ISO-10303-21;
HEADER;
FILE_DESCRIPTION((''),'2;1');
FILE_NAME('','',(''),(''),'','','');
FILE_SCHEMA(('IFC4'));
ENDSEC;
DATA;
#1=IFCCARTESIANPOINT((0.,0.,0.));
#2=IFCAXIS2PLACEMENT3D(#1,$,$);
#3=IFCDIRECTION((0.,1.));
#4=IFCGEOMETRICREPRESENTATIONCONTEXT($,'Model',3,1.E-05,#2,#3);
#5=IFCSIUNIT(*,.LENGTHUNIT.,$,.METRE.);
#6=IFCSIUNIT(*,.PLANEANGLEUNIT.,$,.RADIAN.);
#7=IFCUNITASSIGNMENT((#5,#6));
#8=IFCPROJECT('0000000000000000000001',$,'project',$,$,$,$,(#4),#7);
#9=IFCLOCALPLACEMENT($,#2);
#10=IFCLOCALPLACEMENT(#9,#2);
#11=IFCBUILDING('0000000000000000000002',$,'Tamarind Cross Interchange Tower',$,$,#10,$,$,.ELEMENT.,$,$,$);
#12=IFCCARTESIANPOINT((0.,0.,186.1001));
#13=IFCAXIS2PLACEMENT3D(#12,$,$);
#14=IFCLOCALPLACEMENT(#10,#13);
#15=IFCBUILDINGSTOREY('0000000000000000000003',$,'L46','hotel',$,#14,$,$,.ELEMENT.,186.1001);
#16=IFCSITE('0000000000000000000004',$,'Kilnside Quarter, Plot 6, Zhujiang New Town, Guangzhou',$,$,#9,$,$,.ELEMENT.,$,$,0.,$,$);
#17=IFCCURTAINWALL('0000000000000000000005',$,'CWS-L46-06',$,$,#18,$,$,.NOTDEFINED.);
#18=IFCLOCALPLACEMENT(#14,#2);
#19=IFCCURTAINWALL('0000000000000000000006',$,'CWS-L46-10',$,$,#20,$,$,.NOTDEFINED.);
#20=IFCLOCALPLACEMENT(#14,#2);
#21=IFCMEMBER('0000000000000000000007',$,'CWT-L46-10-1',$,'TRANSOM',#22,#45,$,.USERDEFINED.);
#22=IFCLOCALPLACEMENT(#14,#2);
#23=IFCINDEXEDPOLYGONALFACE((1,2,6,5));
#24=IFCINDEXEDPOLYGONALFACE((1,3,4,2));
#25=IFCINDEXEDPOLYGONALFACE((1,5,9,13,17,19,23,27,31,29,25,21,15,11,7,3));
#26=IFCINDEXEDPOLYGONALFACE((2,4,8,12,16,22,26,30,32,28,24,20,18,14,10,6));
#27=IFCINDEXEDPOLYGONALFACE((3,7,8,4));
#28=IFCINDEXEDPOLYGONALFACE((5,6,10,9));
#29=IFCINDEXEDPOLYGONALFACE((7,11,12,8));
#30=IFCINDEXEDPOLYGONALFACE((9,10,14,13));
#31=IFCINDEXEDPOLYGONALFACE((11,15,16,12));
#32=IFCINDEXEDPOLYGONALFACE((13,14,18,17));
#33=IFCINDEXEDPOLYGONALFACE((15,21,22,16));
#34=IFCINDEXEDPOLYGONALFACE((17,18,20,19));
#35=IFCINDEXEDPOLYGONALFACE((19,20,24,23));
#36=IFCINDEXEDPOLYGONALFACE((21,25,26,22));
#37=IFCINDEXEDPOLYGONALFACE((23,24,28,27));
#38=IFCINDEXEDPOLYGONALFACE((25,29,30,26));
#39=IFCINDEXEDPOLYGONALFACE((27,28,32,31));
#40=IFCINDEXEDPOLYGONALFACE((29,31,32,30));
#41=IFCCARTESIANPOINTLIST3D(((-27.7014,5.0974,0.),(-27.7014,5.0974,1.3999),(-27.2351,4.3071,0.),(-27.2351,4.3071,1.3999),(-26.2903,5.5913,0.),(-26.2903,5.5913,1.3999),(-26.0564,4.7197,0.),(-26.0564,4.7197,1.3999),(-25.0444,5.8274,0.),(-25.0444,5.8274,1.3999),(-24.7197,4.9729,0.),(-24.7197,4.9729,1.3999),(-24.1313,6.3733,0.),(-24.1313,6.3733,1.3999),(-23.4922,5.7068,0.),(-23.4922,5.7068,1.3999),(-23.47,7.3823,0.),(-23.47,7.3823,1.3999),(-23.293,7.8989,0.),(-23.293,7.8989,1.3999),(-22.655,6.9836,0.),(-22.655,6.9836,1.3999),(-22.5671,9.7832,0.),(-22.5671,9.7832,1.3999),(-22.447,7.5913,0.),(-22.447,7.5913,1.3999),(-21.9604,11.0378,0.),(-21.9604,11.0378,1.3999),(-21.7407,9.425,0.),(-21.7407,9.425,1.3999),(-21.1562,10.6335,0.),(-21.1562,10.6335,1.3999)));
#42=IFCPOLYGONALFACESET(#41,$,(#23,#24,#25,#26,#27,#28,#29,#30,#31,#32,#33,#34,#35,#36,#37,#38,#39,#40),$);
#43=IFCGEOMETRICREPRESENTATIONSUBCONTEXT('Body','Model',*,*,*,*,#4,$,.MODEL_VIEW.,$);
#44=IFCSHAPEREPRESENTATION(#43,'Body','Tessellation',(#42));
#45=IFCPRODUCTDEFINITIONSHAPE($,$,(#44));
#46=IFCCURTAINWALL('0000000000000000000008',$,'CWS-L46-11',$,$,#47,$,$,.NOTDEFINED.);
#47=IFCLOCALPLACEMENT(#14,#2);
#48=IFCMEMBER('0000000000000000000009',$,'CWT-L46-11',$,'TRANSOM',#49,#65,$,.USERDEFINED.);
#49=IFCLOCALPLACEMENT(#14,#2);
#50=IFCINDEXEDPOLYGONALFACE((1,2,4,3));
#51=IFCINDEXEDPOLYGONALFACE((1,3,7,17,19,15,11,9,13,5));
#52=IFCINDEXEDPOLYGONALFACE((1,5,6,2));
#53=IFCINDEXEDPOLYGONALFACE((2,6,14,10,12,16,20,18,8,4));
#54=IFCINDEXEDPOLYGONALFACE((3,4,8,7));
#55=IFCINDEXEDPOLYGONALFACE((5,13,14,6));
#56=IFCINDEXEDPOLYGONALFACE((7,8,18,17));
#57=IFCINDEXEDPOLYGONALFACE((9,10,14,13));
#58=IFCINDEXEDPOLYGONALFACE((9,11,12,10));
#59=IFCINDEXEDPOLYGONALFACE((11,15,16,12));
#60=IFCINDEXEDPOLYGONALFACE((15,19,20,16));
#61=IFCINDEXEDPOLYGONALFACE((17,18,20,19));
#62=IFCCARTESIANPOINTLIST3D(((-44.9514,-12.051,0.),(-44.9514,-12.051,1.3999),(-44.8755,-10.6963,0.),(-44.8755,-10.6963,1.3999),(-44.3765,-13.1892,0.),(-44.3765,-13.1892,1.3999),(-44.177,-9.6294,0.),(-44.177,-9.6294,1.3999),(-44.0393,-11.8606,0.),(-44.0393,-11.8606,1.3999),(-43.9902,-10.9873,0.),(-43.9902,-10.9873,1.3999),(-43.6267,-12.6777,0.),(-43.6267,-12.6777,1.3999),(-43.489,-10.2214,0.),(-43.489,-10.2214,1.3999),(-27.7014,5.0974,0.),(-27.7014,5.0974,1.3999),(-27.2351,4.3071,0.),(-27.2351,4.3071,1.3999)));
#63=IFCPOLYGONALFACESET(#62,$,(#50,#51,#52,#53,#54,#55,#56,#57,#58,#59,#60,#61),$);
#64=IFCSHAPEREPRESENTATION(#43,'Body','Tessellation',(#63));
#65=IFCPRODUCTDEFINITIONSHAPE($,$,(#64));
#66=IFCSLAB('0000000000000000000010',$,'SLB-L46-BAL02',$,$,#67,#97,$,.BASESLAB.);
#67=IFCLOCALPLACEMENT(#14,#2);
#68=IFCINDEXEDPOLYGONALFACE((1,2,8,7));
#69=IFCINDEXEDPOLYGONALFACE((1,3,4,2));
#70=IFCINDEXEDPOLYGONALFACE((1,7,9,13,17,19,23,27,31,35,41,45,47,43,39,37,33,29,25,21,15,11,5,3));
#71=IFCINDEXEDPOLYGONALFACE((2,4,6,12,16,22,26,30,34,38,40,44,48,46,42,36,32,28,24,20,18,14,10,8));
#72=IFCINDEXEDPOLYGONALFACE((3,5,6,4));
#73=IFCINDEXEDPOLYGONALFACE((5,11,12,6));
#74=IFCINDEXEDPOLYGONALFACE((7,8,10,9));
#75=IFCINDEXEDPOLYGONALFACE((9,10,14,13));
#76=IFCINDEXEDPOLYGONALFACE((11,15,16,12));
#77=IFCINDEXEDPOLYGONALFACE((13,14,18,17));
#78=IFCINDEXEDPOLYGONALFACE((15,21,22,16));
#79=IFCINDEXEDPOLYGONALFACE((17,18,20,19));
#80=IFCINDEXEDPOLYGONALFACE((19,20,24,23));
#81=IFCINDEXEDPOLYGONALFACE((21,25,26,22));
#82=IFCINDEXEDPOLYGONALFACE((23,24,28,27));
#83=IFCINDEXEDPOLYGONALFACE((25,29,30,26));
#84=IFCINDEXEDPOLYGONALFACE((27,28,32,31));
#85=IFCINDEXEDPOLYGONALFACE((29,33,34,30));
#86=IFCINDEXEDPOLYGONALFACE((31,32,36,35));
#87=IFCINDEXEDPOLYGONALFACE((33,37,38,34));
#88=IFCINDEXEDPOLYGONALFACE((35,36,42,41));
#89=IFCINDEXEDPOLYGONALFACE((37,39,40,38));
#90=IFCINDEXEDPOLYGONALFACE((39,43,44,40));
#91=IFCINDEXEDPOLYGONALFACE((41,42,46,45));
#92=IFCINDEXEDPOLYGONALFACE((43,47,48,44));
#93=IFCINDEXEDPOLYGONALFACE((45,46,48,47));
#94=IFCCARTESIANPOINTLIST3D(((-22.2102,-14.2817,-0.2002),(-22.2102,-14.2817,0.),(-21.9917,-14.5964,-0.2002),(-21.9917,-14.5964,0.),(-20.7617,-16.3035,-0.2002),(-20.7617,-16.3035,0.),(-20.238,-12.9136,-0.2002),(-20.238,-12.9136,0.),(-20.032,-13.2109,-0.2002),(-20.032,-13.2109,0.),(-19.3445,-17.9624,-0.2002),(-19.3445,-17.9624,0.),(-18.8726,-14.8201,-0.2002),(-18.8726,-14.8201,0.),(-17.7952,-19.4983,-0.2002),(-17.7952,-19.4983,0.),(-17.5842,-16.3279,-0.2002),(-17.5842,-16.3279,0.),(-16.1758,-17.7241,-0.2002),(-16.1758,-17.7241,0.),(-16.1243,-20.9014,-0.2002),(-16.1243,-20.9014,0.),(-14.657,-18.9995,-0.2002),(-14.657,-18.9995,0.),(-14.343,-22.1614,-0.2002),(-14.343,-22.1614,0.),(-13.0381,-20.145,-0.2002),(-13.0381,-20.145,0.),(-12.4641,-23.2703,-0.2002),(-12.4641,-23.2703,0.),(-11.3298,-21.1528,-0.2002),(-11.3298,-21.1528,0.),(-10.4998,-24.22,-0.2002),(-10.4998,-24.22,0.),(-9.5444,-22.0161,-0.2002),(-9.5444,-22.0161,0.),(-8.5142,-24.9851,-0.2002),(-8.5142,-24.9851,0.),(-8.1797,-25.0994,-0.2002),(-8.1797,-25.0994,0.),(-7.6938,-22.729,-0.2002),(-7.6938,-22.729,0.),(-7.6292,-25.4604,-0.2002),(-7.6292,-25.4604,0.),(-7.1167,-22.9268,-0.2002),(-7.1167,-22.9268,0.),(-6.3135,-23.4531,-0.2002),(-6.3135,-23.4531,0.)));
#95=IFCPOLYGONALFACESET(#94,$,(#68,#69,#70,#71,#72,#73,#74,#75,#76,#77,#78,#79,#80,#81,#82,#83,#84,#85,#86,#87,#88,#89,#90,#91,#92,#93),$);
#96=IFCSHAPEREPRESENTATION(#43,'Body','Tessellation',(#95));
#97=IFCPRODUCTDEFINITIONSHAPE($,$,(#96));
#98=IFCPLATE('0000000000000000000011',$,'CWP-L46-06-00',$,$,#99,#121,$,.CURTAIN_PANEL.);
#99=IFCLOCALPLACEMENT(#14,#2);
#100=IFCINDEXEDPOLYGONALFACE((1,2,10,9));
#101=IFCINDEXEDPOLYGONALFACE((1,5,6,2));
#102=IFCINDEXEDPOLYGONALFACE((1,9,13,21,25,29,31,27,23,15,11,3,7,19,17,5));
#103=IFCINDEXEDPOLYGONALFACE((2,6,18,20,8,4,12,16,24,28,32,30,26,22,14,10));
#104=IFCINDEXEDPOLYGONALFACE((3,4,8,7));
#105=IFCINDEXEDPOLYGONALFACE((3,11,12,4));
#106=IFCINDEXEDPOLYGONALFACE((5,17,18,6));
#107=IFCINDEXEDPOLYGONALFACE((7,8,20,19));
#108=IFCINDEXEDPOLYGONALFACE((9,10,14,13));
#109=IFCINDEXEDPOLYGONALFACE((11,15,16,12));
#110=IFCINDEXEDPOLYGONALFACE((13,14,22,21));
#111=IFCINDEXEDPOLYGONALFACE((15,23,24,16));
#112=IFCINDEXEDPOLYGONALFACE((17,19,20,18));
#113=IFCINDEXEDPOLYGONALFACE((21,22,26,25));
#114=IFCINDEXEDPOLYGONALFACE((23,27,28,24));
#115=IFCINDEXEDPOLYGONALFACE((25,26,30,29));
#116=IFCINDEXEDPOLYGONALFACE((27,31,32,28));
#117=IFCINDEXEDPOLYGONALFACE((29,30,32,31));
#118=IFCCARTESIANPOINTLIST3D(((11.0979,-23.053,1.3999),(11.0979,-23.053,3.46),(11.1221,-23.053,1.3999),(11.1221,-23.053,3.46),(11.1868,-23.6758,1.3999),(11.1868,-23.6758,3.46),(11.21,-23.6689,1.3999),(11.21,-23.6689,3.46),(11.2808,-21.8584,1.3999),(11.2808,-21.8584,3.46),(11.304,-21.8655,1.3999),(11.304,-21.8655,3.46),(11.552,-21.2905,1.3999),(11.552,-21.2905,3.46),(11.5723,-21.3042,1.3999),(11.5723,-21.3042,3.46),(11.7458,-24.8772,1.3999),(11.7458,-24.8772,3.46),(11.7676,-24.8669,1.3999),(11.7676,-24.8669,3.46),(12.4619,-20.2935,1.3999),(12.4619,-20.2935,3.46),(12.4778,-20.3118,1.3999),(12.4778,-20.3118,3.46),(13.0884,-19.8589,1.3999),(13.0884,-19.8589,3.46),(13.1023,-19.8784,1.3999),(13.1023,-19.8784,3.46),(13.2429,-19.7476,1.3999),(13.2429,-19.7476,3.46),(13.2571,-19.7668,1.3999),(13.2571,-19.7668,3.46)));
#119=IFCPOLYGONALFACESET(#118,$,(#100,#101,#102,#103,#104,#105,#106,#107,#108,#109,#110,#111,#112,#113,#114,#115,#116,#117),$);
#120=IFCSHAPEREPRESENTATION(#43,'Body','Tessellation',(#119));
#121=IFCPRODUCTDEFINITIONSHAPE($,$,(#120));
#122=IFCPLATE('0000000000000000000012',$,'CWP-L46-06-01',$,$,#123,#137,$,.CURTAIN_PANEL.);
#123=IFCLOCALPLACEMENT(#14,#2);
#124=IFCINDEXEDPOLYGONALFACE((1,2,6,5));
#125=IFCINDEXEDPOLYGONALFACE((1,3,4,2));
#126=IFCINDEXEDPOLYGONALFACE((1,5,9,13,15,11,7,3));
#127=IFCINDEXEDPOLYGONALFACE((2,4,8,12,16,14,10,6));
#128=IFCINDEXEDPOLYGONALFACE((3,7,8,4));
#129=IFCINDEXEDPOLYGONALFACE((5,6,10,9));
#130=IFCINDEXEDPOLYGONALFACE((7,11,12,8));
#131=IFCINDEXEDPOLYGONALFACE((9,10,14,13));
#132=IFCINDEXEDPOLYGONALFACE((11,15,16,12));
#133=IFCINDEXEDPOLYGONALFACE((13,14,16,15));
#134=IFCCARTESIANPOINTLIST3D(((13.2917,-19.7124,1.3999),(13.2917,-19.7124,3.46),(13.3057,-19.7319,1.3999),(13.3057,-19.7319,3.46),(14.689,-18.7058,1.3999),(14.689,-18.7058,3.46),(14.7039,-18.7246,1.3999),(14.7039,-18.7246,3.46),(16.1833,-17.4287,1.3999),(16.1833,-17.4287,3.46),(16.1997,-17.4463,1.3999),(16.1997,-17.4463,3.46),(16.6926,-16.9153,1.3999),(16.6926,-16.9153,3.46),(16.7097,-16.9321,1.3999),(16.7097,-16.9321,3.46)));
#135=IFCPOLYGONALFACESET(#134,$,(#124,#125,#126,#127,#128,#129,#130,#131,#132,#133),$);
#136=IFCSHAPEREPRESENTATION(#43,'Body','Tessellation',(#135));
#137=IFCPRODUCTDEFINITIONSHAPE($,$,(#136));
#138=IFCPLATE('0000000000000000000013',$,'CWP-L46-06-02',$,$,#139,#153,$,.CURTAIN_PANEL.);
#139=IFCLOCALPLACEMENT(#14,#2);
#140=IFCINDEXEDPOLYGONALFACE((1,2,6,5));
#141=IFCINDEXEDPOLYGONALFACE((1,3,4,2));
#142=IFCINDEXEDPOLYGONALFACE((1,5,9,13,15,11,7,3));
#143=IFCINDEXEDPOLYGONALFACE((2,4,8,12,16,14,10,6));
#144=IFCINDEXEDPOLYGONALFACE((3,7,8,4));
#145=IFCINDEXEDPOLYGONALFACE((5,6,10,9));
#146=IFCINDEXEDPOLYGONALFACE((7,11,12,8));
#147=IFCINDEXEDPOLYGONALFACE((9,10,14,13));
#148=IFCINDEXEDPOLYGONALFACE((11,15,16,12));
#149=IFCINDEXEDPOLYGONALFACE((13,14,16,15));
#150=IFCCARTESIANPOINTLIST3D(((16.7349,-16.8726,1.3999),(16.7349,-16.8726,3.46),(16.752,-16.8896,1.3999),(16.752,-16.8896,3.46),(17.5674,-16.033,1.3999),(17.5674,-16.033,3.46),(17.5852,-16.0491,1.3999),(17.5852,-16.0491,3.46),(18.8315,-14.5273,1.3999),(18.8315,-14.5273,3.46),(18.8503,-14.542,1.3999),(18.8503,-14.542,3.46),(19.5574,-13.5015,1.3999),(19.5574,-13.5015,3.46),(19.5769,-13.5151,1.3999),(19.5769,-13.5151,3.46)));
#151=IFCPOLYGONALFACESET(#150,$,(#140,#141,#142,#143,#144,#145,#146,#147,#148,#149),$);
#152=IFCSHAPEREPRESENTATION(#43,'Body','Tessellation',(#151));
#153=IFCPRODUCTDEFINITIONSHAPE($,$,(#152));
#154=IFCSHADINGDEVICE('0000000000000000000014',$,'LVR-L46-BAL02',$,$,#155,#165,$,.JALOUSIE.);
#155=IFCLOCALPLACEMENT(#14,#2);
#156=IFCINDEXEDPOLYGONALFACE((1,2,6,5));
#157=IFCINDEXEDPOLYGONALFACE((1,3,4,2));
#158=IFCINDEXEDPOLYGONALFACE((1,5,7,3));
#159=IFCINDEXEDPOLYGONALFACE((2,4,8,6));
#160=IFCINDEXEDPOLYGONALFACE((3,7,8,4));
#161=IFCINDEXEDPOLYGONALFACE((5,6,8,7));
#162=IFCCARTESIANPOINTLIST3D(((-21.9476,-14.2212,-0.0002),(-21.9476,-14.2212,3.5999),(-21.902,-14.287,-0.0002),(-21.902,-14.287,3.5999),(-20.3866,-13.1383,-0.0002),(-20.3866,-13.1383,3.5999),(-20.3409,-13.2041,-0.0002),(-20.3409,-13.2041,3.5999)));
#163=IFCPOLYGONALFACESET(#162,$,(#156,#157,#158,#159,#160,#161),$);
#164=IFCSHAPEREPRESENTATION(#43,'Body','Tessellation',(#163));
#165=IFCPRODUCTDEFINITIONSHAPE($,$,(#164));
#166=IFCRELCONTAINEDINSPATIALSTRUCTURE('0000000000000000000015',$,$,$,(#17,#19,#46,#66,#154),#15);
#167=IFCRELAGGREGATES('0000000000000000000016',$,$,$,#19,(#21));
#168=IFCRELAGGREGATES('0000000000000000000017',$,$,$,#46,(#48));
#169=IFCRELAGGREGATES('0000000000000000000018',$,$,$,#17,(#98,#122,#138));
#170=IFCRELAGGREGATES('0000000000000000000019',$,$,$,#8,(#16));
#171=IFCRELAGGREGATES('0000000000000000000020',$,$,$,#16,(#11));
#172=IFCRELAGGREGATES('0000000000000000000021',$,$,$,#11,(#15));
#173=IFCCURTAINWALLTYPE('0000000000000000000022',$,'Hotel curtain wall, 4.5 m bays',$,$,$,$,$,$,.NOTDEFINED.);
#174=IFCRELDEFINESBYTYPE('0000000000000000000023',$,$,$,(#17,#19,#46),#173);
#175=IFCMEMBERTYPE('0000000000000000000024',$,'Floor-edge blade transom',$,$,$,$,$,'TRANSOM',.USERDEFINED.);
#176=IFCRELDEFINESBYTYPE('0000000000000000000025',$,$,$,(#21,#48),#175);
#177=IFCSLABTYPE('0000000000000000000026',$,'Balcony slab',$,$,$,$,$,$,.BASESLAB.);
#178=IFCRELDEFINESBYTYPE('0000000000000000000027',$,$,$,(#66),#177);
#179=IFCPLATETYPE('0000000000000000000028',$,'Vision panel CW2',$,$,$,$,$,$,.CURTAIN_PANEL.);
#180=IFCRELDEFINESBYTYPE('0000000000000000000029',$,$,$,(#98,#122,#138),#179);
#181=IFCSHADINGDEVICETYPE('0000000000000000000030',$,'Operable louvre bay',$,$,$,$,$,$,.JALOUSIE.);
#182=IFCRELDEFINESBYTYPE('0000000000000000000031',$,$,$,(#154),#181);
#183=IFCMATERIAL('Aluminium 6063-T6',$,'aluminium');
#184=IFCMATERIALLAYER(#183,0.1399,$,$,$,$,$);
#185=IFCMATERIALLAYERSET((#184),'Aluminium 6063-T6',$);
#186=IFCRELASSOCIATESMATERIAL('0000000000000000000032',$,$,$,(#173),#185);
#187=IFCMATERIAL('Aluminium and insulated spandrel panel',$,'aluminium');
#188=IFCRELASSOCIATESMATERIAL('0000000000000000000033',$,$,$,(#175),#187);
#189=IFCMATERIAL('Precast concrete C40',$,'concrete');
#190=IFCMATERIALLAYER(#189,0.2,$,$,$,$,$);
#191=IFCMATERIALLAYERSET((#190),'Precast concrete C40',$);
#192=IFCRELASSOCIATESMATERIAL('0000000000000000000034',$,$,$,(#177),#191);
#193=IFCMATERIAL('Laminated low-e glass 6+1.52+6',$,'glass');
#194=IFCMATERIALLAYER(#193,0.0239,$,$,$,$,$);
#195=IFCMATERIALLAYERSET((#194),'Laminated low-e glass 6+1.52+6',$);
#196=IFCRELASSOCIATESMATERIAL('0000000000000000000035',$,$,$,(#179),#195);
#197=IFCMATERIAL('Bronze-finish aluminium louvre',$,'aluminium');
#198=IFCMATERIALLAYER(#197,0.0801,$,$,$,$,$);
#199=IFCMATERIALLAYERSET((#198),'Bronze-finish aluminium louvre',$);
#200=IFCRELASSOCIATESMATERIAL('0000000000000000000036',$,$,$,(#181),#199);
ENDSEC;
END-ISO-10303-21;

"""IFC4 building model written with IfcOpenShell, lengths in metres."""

from ifc_helpers import new_model, si_unit, direction, frame, origin, origin_2d, place, context, subcontext, project, spatial, polyline, rectangle, outline, extrude, material, layer, layer_set, type_object, element, aggregate, save


model = new_model("IFC4")

# Units and contexts
model_context = context("Model", 3, precision=1e-05, world=origin(), true_north=direction((0.0, 1.0)))
body_context = subcontext(model_context, "Body", "Model", "MODEL_VIEW")
ifc_project = project(units=[si_unit("LENGTHUNIT", "METRE"), si_unit("PLANEANGLEUNIT", "RADIAN")], contexts=[model_context])

# Site, building, storey
site_placement = place(None, origin())
site = spatial("IfcSite", under=ifc_project, at=site_placement, Name="Kilnside Quarter, Plot 6, Zhujiang New Town, Guangzhou", CompositionType="ELEMENT", RefElevation=0.0)
building_placement = place(site_placement, origin())
building = spatial("IfcBuilding", under=site, at=building_placement, Name="Tamarind Cross Interchange Tower", CompositionType="ELEMENT")
storey_placement = place(building_placement, frame((0.0, 0.0, 186.1001)))
storey = spatial("IfcBuildingStorey", under=building, at=storey_placement, Name="L46", Description="hotel", CompositionType="ELEMENT", Elevation=186.1001)

# Curtain wall
ifc_material_1 = material(Name="Aluminium 6063-T6", Category="aluminium")
ifc_layer_1 = layer(ifc_material_1, 0.1399)
ifc_layer_set_1 = layer_set([ifc_layer_1], Name="Aluminium 6063-T6")
curtain_wall_type = type_object("IfcCurtainWallType", Name="Hotel curtain wall, 4.5 m bays", PredefinedType="NOTDEFINED", material=ifc_layer_set_1)
curtain_wall_1_placement = place(storey_placement, origin())
curtain_wall_1 = element("IfcCurtainWall", 1, at=curtain_wall_1_placement, inside=storey, type_object=curtain_wall_type, Name="CWS-L46-06", PredefinedType="NOTDEFINED")
ifc_material_2 = material(Name="Aluminium and insulated spandrel panel", Category="aluminium")
member_type = type_object("IfcMemberType", Name="Floor-edge blade transom", ElementType="TRANSOM", PredefinedType="USERDEFINED", material=ifc_material_2)

# Curtain wall, member
curtain_wall_2_placement = place(storey_placement, origin())
curtain_wall_2 = element("IfcCurtainWall", 2, at=curtain_wall_2_placement, inside=storey, type_object=curtain_wall_type, Name="CWS-L46-10", PredefinedType="NOTDEFINED")
member_1_placement = place(storey_placement, origin())
member_1 = element("IfcMember", 3, at=member_1_placement, type_object=member_type, Name="CWT-L46-10-1", ObjectType="TRANSOM", PredefinedType="USERDEFINED", context=body_context, shape_type="SweptSolid", body=[
    extrude(outline(polyline([(-21.1562, 10.6335), (-21.7407, 9.425), (-22.447, 7.5913), (-22.655, 6.9836), (-23.4922, 5.7068), (-24.7197, 4.9729), (-26.0564, 4.7197), (-27.2351, 4.3071), (-27.7014, 5.0974), (-26.2903, 5.5913), (-25.0444, 5.8274), (-24.1313, 6.3733), (-23.47, 7.3823), (-23.293, 7.8989), (-22.5671, 9.7832), (-21.9604, 11.0378), (-21.1562, 10.6335)])), origin(), (0.0, 0.0, 1.0), 1.3999),
])
aggregate(curtain_wall_2, [member_1])

# Curtain wall, member
curtain_wall_3_placement = place(storey_placement, origin())
curtain_wall_3 = element("IfcCurtainWall", 4, at=curtain_wall_3_placement, inside=storey, type_object=curtain_wall_type, Name="CWS-L46-11", PredefinedType="NOTDEFINED")
member_2_placement = place(storey_placement, origin())
member_2 = element("IfcMember", 5, at=member_2_placement, type_object=member_type, Name="CWT-L46-11", ObjectType="TRANSOM", PredefinedType="USERDEFINED", context=body_context, shape_type="SweptSolid", body=[
    extrude(outline(polyline([(-27.2351, 4.3071), (-43.489, -10.2214), (-43.9902, -10.9873), (-44.0393, -11.8606), (-43.6267, -12.6777), (-44.3765, -13.1892), (-44.9514, -12.051), (-44.8755, -10.6963), (-44.177, -9.6294), (-27.7014, 5.0974), (-27.2351, 4.3071)])), origin(), (0.0, 0.0, 1.0), 1.3999),
])
aggregate(curtain_wall_3, [member_2])

# Slab
ifc_material_3 = material(Name="Precast concrete C40", Category="concrete")
ifc_layer_2 = layer(ifc_material_3, 0.2)
ifc_layer_set_2 = layer_set([ifc_layer_2], Name="Precast concrete C40")
slab_type = type_object("IfcSlabType", Name="Balcony slab", PredefinedType="BASESLAB", material=ifc_layer_set_2)
slab_placement = place(storey_placement, frame((0.0, 0.0, -0.2002)))
element("IfcSlab", 6, at=slab_placement, inside=storey, type_object=slab_type, Name="SLB-L46-BAL02", PredefinedType="BASESLAB", context=body_context, shape_type="SweptSolid", body=[
    extrude(outline(polyline([(-20.238, -12.9136), (-20.032, -13.2109), (-18.8726, -14.8201), (-17.5842, -16.3279), (-16.1758, -17.7241), (-14.657, -18.9995), (-13.0381, -20.145), (-11.3298, -21.1528), (-9.5444, -22.0161), (-7.6938, -22.729), (-7.1167, -22.9268), (-6.3135, -23.4531), (-7.6292, -25.4604), (-8.1797, -25.0994), (-8.5142, -24.9851), (-10.4998, -24.22), (-12.4641, -23.2703), (-14.343, -22.1614), (-16.1243, -20.9014), (-17.7952, -19.4983), (-19.3445, -17.9624), (-20.7617, -16.3035), (-21.9917, -14.5964), (-22.2102, -14.2817), (-20.238, -12.9136)])), origin(), (0.0, 0.0, 1.0), 0.2002),
])

# Plates
ifc_material_4 = material(Name="Laminated low-e glass 6+1.52+6", Category="glass")
ifc_layer_3 = layer(ifc_material_4, 0.0239)
ifc_layer_set_3 = layer_set([ifc_layer_3], Name="Laminated low-e glass 6+1.52+6")
plate_type = type_object("IfcPlateType", Name="Vision panel CW2", PredefinedType="CURTAIN_PANEL", material=ifc_layer_set_3)
plate_1_placement = place(storey_placement, frame((0.0, 0.0, 1.3999)))
plate_1 = element("IfcPlate", 7, at=plate_1_placement, type_object=plate_type, Name="CWP-L46-06-00", PredefinedType="CURTAIN_PANEL", context=body_context, shape_type="SweptSolid", body=[
    extrude(outline(polyline([(11.7458, -24.8772), (11.1868, -23.6758), (11.0979, -23.053), (11.2808, -21.8584), (11.552, -21.2905), (12.4619, -20.2935), (13.0884, -19.8589), (13.2429, -19.7476), (13.2571, -19.7668), (13.1023, -19.8784), (12.4778, -20.3118), (11.5723, -21.3042), (11.304, -21.8655), (11.1221, -23.053), (11.21, -23.6689), (11.7676, -24.8669), (11.7458, -24.8772)])), origin(), (0.0, 0.0, 1.0), 2.0601),
])
plate_2_placement = place(storey_placement, frame((0.0, 0.0, 1.3999)))
plate_2 = element("IfcPlate", 8, at=plate_2_placement, type_object=plate_type, Name="CWP-L46-06-01", PredefinedType="CURTAIN_PANEL", context=body_context, shape_type="SweptSolid", body=[
    extrude(outline(polyline([(13.2917, -19.7124), (14.689, -18.7058), (16.1833, -17.4287), (16.6926, -16.9153), (16.7097, -16.9321), (16.1997, -17.4463), (14.7039, -18.7246), (13.3057, -19.7319), (13.2917, -19.7124)])), origin(), (0.0, 0.0, 1.0), 2.0601),
])
plate_3_placement = place(storey_placement, frame((0.0, 0.0, 1.3999)))
plate_3 = element("IfcPlate", 9, at=plate_3_placement, type_object=plate_type, Name="CWP-L46-06-02", PredefinedType="CURTAIN_PANEL", context=body_context, shape_type="SweptSolid", body=[
    extrude(outline(polyline([(16.7349, -16.8726), (17.5674, -16.033), (18.8315, -14.5273), (19.5574, -13.5015), (19.5769, -13.5151), (18.8503, -14.542), (17.5852, -16.0491), (16.752, -16.8896), (16.7349, -16.8726)])), origin(), (0.0, 0.0, 1.0), 2.0601),
])
aggregate(curtain_wall_1, [plate_1, plate_2, plate_3])

# Shading device
ifc_material_5 = material(Name="Bronze-finish aluminium louvre", Category="aluminium")
ifc_layer_4 = layer(ifc_material_5, 0.0801)
ifc_layer_set_4 = layer_set([ifc_layer_4], Name="Bronze-finish aluminium louvre")
shading_device_type = type_object("IfcShadingDeviceType", Name="Operable louvre bay", PredefinedType="JALOUSIE", material=ifc_layer_set_4)
shading_device_placement = place(storey_placement, origin())
element("IfcShadingDevice", 10, at=shading_device_placement, inside=storey, type_object=shading_device_type, Name="LVR-L46-BAL02", PredefinedType="JALOUSIE", context=body_context, shape_type="SweptSolid", body=[
    extrude(rectangle(XDim=1.8999, YDim=0.0801, at=origin_2d()), frame((-21.1443, -13.7126, -0.0002), z_axis=(0.0, 0.0, 1.0), x_axis=(-0.821647, -0.569996, 0.0)), (0.0, 0.0, 1.0), 3.6001),
])

save(model, "model.ifc")
